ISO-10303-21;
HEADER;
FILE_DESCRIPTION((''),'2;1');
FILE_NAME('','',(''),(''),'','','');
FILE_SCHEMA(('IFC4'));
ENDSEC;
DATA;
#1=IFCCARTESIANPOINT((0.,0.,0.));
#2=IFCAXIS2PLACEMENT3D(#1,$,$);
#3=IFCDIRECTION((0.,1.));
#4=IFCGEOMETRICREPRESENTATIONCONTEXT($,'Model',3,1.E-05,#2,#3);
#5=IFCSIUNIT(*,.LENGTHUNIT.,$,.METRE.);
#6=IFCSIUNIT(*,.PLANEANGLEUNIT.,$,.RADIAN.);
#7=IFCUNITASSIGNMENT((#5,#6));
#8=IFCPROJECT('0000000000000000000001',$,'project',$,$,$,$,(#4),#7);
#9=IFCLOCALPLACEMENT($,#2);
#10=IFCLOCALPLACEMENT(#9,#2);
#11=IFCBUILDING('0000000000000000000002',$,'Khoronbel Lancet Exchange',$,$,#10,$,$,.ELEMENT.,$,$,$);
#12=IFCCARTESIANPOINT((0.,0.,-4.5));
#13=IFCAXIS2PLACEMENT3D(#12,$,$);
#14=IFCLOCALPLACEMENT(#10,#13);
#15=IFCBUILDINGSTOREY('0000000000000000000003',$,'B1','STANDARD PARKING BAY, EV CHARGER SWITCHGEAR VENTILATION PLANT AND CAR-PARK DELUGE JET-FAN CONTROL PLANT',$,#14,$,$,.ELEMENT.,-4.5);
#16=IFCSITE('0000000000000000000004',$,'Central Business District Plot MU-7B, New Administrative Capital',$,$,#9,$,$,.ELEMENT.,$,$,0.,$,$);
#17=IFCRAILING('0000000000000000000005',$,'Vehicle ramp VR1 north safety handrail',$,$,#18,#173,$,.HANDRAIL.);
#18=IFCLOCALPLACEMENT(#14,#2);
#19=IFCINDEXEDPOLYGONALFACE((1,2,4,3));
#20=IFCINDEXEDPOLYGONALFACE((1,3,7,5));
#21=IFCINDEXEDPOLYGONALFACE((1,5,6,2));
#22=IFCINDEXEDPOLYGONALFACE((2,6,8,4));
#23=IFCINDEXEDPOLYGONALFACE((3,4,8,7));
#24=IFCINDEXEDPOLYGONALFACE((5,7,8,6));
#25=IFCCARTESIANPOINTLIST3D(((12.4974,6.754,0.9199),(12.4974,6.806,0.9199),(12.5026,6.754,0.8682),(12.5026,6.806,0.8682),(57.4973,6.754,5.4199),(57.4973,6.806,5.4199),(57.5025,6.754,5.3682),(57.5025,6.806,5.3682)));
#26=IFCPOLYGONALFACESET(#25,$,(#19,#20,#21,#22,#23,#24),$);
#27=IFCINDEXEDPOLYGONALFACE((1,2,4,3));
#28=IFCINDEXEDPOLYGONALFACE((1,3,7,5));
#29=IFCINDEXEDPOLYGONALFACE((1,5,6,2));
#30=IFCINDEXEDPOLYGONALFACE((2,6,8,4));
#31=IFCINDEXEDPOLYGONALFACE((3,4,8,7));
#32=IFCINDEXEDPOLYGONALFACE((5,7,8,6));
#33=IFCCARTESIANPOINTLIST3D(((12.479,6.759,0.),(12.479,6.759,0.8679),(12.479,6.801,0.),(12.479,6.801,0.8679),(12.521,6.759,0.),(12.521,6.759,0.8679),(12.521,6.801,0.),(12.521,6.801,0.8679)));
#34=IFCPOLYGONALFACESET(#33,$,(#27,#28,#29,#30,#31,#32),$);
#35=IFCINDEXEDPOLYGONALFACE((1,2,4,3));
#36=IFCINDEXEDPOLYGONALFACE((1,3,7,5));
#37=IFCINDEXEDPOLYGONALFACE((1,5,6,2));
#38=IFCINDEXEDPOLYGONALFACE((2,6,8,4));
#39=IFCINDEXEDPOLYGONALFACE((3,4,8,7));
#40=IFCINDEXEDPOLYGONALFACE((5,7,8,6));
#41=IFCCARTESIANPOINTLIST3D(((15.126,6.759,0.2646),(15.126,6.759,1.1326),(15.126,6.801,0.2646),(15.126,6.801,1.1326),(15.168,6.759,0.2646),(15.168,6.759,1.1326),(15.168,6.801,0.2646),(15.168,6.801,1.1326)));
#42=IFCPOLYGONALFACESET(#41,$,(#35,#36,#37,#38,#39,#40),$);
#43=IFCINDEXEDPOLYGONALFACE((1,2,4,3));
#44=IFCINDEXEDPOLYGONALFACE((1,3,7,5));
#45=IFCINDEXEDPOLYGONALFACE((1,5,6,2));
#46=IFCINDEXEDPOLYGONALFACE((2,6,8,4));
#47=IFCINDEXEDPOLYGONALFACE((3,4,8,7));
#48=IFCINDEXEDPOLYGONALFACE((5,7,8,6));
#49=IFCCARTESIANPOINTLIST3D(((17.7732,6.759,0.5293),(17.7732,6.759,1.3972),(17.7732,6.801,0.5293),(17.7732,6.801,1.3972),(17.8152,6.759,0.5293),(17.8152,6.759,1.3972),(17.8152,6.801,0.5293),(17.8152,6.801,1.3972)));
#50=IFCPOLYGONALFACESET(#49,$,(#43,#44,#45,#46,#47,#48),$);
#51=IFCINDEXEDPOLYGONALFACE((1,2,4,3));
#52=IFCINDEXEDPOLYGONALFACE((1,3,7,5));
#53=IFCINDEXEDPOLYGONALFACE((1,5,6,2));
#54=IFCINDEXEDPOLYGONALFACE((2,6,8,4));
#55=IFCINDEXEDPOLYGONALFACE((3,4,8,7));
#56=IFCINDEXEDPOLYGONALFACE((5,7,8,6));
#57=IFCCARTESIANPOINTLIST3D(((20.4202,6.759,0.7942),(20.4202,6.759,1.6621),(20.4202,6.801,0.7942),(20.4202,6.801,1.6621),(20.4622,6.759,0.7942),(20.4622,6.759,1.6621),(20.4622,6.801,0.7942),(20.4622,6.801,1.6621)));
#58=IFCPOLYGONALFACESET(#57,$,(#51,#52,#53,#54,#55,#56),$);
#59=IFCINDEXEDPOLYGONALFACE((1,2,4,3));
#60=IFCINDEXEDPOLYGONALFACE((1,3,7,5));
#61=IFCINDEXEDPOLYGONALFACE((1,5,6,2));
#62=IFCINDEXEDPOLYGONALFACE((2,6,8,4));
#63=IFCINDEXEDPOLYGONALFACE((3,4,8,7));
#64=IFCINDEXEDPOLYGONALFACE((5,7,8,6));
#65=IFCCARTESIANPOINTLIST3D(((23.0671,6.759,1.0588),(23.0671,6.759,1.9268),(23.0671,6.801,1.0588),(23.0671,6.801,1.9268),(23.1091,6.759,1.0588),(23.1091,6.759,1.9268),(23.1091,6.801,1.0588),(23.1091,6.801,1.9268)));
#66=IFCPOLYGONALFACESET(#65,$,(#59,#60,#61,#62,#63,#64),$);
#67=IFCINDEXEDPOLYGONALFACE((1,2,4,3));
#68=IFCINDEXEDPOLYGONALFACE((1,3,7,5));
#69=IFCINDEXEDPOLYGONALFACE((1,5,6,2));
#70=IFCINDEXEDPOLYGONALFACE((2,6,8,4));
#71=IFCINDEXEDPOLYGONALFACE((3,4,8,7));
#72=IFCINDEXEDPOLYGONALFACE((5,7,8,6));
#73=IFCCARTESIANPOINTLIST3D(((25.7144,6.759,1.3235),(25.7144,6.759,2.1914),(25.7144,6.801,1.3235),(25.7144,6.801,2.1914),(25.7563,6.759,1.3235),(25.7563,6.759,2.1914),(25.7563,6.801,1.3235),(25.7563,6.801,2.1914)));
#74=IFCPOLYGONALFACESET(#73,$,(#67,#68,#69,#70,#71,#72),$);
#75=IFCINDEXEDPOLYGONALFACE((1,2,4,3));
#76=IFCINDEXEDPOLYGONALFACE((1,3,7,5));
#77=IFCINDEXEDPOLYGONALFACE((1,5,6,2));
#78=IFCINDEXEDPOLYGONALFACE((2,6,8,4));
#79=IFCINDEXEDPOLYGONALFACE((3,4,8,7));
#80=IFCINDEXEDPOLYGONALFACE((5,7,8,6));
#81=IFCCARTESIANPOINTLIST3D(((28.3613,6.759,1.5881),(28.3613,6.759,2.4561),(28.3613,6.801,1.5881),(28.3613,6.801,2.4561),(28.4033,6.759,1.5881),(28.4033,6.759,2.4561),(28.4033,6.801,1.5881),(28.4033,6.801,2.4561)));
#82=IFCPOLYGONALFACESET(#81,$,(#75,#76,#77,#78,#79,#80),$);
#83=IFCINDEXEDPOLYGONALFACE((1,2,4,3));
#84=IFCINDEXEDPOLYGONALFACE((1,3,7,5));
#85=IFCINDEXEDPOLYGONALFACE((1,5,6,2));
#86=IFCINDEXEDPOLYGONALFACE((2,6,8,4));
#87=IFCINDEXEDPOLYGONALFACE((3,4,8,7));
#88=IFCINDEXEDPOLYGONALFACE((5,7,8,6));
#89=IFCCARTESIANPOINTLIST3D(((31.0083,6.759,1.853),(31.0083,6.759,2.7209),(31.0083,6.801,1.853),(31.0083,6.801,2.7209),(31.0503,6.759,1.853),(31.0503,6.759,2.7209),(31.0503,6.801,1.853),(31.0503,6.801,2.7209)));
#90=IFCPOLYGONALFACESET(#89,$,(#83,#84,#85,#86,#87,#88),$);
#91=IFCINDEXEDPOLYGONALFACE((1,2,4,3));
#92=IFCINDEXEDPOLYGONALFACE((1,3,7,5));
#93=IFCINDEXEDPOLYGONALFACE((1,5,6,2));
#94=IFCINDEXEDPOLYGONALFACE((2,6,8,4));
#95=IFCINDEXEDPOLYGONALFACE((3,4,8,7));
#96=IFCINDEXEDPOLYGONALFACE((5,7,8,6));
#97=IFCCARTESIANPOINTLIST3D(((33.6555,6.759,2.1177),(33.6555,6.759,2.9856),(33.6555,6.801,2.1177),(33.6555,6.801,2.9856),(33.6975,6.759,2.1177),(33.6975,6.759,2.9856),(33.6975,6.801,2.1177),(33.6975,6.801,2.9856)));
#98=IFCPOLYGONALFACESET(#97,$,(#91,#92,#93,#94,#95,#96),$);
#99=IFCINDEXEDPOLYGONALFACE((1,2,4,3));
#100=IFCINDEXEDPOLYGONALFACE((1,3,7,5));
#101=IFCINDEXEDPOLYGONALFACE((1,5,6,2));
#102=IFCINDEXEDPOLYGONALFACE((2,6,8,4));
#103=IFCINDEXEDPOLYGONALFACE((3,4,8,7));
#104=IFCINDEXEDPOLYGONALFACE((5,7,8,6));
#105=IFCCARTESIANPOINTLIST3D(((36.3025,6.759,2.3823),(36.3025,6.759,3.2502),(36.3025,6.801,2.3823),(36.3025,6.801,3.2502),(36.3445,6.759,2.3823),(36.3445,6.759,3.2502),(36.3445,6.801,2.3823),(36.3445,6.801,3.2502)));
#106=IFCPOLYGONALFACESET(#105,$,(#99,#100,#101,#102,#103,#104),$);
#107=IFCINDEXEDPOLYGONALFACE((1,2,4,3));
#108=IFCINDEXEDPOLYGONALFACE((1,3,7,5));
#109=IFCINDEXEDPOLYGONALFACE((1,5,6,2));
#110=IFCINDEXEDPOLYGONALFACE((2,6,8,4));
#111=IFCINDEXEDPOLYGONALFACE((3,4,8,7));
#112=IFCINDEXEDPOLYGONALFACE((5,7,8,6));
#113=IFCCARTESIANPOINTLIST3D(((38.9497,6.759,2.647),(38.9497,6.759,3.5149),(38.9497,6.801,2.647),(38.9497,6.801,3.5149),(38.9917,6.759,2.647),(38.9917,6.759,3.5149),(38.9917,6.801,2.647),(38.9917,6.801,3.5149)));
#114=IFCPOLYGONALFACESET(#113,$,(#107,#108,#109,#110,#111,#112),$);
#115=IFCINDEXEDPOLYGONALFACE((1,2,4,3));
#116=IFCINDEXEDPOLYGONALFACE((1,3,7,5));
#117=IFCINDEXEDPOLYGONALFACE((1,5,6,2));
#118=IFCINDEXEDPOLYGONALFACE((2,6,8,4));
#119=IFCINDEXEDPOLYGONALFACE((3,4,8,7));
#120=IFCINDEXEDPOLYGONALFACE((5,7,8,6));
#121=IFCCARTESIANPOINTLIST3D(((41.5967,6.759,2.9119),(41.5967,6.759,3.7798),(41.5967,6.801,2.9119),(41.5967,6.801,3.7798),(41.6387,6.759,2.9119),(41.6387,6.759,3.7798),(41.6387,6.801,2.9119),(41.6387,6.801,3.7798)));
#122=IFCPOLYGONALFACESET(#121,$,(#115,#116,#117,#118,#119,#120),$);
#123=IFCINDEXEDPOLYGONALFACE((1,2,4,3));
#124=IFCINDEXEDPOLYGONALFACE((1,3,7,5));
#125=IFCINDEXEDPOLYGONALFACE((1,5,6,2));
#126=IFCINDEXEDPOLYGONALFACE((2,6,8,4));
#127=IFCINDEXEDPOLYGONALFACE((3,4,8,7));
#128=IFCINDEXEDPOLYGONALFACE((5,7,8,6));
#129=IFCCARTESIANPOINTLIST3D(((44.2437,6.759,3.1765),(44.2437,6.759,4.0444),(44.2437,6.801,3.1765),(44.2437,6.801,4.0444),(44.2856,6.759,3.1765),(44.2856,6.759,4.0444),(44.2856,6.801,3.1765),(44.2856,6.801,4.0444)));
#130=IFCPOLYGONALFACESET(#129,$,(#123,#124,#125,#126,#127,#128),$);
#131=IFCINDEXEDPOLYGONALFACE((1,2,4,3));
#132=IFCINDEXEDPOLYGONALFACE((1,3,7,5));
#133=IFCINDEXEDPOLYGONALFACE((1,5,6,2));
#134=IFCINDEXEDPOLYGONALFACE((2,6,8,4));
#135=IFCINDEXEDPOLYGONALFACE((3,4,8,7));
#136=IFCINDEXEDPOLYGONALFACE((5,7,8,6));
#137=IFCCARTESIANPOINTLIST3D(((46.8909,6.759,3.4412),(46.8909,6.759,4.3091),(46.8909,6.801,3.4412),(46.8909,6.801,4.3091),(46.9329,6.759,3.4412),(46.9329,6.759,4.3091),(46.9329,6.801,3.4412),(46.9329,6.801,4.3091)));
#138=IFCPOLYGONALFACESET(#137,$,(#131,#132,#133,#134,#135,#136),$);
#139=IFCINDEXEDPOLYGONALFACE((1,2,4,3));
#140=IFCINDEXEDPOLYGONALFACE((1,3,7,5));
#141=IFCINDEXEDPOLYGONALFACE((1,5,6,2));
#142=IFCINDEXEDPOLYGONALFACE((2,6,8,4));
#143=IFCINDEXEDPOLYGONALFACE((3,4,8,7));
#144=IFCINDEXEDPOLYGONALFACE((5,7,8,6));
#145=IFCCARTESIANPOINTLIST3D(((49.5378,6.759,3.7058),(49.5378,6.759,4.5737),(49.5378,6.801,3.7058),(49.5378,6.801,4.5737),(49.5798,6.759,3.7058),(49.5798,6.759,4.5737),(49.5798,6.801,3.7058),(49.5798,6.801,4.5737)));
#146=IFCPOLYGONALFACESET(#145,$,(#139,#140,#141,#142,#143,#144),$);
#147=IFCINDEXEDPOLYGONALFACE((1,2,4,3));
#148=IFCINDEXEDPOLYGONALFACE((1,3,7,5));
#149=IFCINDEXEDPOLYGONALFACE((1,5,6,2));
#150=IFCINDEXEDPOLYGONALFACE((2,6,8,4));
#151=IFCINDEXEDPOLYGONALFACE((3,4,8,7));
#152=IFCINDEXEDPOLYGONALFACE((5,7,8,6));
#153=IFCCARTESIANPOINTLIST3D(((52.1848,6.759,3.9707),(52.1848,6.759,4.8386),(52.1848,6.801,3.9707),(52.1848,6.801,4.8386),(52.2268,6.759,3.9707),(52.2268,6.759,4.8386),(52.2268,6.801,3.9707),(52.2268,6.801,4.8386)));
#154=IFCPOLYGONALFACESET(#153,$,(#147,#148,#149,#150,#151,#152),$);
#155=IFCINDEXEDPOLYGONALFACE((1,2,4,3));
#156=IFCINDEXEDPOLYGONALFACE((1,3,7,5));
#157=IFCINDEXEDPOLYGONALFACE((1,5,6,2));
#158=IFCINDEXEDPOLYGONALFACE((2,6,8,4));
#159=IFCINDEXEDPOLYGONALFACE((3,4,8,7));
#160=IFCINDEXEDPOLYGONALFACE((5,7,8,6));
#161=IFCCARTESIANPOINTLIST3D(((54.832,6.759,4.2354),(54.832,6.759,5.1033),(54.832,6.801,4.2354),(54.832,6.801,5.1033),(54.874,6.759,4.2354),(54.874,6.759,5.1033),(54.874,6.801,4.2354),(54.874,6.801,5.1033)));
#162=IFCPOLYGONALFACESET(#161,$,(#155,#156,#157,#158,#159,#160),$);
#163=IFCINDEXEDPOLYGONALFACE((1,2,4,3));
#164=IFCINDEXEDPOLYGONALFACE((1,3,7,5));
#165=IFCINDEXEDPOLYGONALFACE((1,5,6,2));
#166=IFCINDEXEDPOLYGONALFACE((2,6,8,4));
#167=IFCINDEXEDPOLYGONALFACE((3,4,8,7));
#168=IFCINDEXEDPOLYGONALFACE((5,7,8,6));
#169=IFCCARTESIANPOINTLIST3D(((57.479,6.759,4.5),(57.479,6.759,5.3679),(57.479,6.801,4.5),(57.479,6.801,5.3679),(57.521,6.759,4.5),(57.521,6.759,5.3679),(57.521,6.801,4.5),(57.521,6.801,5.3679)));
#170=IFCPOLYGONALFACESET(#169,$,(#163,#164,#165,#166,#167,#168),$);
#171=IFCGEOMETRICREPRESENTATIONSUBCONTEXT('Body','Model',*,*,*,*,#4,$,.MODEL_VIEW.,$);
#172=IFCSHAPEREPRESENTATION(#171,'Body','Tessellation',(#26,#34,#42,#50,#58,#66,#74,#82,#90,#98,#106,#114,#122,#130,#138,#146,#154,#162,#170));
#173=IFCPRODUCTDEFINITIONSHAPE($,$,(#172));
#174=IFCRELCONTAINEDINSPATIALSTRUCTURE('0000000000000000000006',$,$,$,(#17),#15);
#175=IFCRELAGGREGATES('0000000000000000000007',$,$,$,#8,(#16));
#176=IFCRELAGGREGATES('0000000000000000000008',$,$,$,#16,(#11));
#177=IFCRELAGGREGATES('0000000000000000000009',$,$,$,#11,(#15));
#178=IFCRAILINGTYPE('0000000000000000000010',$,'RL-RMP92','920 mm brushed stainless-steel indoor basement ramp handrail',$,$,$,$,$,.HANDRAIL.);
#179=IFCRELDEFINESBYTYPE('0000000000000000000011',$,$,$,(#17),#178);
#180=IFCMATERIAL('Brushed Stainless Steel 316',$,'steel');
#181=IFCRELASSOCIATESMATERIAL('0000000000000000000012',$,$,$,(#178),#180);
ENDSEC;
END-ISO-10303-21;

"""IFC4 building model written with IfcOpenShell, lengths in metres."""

from ifc_helpers import new_model, si_unit, direction, frame, origin, origin_2d, place, context, subcontext, project, spatial, rectangle, extrude, material, type_object, element, save


model = new_model("IFC4")

# Units and contexts
model_context = context("Model", 3, precision=1e-05, world=origin(), true_north=direction((0.0, 1.0)))
body_context = subcontext(model_context, "Body", "Model", "MODEL_VIEW")
ifc_project = project(units=[si_unit("LENGTHUNIT", "METRE"), si_unit("PLANEANGLEUNIT", "RADIAN")], contexts=[model_context])

# Site, building, storey
site_placement = place(None, origin())
site = spatial("IfcSite", under=ifc_project, at=site_placement, Name="Central Business District Plot MU-7B, New Administrative Capital", CompositionType="ELEMENT", RefElevation=0.0)
building_placement = place(site_placement, origin())
building = spatial("IfcBuilding", under=site, at=building_placement, Name="Khoronbel Lancet Exchange", CompositionType="ELEMENT")
storey_placement = place(building_placement, frame((0.0, 0.0, -4.5)))
storey = spatial("IfcBuildingStorey", under=building, at=storey_placement, Name="B1", Description="STANDARD PARKING BAY, EV CHARGER SWITCHGEAR VENTILATION PLANT AND CAR-PARK DELUGE JET-FAN CONTROL PLANT", CompositionType="ELEMENT", Elevation=-4.5)

# Railing
ifc_material_1 = material(Name="Brushed Stainless Steel 316", Category="steel")
railing_type = type_object("IfcRailingType", Name="RL-RMP92", Description="920 mm brushed stainless-steel indoor basement ramp handrail", PredefinedType="HANDRAIL", material=ifc_material_1)
railing_1_placement = place(storey_placement, frame((12.5, 6.78, 0.0)))
element("IfcRailing", 1, at=railing_1_placement, inside=storey, type_object=railing_type, Name="Vehicle ramp VR1 north safety handrail", PredefinedType="HANDRAIL", context=body_context, shape_type="SweptSolid", body=[
    extrude(rectangle(XDim=0.052, YDim=0.052, at=origin_2d()), frame((0.0, 0.0, 0.894), z_axis=(0.995037, 0.0, 0.099504), x_axis=(0.0, 1.0, 0.0)), (0.0, 0.0, 1.0), 45.2244),
    extrude(rectangle(XDim=0.042, YDim=0.042, at=origin_2d()), origin(), (0.0, 0.0, 1.0), 0.8679),
    extrude(rectangle(XDim=0.042, YDim=0.042, at=origin_2d()), frame((2.647, 0.0, 0.2646)), (0.0, 0.0, 1.0), 0.8679),
    extrude(rectangle(XDim=0.042, YDim=0.042, at=origin_2d()), frame((5.2942, 0.0, 0.5293)), (0.0, 0.0, 1.0), 0.8679),
    extrude(rectangle(XDim=0.042, YDim=0.042, at=origin_2d()), frame((7.9412, 0.0, 0.7942)), (0.0, 0.0, 1.0), 0.8679),
    extrude(rectangle(XDim=0.042, YDim=0.042, at=origin_2d()), frame((10.5881, 0.0, 1.0588)), (0.0, 0.0, 1.0), 0.8679),
    extrude(rectangle(XDim=0.042, YDim=0.042, at=origin_2d()), frame((13.2354, 0.0, 1.3235)), (0.0, 0.0, 1.0), 0.8679),
    extrude(rectangle(XDim=0.042, YDim=0.042, at=origin_2d()), frame((15.8823, 0.0, 1.5881)), (0.0, 0.0, 1.0), 0.8679),
    extrude(rectangle(XDim=0.042, YDim=0.042, at=origin_2d()), frame((18.5293, 0.0, 1.853)), (0.0, 0.0, 1.0), 0.8679),
    extrude(rectangle(XDim=0.042, YDim=0.042, at=origin_2d()), frame((21.1765, 0.0, 2.1177)), (0.0, 0.0, 1.0), 0.8679),
    extrude(rectangle(XDim=0.042, YDim=0.042, at=origin_2d()), frame((23.8235, 0.0, 2.3823)), (0.0, 0.0, 1.0), 0.8679),
    extrude(rectangle(XDim=0.042, YDim=0.042, at=origin_2d()), frame((26.4707, 0.0, 2.647)), (0.0, 0.0, 1.0), 0.8679),
    extrude(rectangle(XDim=0.042, YDim=0.042, at=origin_2d()), frame((29.1177, 0.0, 2.9119)), (0.0, 0.0, 1.0), 0.8679),
    extrude(rectangle(XDim=0.042, YDim=0.042, at=origin_2d()), frame((31.7646, 0.0, 3.1765)), (0.0, 0.0, 1.0), 0.8679),
    extrude(rectangle(XDim=0.042, YDim=0.042, at=origin_2d()), frame((34.4119, 0.0, 3.4412)), (0.0, 0.0, 1.0), 0.8679),
    extrude(rectangle(XDim=0.042, YDim=0.042, at=origin_2d()), frame((37.0588, 0.0, 3.7058)), (0.0, 0.0, 1.0), 0.8679),
    extrude(rectangle(XDim=0.042, YDim=0.042, at=origin_2d()), frame((39.7058, 0.0, 3.9707)), (0.0, 0.0, 1.0), 0.8679),
    extrude(rectangle(XDim=0.042, YDim=0.042, at=origin_2d()), frame((42.353, 0.0, 4.2354)), (0.0, 0.0, 1.0), 0.8679),
    extrude(rectangle(XDim=0.042, YDim=0.042, at=origin_2d()), frame((45.0, 0.0, 4.5)), (0.0, 0.0, 1.0), 0.8679),
])

save(model, "model.ifc")
